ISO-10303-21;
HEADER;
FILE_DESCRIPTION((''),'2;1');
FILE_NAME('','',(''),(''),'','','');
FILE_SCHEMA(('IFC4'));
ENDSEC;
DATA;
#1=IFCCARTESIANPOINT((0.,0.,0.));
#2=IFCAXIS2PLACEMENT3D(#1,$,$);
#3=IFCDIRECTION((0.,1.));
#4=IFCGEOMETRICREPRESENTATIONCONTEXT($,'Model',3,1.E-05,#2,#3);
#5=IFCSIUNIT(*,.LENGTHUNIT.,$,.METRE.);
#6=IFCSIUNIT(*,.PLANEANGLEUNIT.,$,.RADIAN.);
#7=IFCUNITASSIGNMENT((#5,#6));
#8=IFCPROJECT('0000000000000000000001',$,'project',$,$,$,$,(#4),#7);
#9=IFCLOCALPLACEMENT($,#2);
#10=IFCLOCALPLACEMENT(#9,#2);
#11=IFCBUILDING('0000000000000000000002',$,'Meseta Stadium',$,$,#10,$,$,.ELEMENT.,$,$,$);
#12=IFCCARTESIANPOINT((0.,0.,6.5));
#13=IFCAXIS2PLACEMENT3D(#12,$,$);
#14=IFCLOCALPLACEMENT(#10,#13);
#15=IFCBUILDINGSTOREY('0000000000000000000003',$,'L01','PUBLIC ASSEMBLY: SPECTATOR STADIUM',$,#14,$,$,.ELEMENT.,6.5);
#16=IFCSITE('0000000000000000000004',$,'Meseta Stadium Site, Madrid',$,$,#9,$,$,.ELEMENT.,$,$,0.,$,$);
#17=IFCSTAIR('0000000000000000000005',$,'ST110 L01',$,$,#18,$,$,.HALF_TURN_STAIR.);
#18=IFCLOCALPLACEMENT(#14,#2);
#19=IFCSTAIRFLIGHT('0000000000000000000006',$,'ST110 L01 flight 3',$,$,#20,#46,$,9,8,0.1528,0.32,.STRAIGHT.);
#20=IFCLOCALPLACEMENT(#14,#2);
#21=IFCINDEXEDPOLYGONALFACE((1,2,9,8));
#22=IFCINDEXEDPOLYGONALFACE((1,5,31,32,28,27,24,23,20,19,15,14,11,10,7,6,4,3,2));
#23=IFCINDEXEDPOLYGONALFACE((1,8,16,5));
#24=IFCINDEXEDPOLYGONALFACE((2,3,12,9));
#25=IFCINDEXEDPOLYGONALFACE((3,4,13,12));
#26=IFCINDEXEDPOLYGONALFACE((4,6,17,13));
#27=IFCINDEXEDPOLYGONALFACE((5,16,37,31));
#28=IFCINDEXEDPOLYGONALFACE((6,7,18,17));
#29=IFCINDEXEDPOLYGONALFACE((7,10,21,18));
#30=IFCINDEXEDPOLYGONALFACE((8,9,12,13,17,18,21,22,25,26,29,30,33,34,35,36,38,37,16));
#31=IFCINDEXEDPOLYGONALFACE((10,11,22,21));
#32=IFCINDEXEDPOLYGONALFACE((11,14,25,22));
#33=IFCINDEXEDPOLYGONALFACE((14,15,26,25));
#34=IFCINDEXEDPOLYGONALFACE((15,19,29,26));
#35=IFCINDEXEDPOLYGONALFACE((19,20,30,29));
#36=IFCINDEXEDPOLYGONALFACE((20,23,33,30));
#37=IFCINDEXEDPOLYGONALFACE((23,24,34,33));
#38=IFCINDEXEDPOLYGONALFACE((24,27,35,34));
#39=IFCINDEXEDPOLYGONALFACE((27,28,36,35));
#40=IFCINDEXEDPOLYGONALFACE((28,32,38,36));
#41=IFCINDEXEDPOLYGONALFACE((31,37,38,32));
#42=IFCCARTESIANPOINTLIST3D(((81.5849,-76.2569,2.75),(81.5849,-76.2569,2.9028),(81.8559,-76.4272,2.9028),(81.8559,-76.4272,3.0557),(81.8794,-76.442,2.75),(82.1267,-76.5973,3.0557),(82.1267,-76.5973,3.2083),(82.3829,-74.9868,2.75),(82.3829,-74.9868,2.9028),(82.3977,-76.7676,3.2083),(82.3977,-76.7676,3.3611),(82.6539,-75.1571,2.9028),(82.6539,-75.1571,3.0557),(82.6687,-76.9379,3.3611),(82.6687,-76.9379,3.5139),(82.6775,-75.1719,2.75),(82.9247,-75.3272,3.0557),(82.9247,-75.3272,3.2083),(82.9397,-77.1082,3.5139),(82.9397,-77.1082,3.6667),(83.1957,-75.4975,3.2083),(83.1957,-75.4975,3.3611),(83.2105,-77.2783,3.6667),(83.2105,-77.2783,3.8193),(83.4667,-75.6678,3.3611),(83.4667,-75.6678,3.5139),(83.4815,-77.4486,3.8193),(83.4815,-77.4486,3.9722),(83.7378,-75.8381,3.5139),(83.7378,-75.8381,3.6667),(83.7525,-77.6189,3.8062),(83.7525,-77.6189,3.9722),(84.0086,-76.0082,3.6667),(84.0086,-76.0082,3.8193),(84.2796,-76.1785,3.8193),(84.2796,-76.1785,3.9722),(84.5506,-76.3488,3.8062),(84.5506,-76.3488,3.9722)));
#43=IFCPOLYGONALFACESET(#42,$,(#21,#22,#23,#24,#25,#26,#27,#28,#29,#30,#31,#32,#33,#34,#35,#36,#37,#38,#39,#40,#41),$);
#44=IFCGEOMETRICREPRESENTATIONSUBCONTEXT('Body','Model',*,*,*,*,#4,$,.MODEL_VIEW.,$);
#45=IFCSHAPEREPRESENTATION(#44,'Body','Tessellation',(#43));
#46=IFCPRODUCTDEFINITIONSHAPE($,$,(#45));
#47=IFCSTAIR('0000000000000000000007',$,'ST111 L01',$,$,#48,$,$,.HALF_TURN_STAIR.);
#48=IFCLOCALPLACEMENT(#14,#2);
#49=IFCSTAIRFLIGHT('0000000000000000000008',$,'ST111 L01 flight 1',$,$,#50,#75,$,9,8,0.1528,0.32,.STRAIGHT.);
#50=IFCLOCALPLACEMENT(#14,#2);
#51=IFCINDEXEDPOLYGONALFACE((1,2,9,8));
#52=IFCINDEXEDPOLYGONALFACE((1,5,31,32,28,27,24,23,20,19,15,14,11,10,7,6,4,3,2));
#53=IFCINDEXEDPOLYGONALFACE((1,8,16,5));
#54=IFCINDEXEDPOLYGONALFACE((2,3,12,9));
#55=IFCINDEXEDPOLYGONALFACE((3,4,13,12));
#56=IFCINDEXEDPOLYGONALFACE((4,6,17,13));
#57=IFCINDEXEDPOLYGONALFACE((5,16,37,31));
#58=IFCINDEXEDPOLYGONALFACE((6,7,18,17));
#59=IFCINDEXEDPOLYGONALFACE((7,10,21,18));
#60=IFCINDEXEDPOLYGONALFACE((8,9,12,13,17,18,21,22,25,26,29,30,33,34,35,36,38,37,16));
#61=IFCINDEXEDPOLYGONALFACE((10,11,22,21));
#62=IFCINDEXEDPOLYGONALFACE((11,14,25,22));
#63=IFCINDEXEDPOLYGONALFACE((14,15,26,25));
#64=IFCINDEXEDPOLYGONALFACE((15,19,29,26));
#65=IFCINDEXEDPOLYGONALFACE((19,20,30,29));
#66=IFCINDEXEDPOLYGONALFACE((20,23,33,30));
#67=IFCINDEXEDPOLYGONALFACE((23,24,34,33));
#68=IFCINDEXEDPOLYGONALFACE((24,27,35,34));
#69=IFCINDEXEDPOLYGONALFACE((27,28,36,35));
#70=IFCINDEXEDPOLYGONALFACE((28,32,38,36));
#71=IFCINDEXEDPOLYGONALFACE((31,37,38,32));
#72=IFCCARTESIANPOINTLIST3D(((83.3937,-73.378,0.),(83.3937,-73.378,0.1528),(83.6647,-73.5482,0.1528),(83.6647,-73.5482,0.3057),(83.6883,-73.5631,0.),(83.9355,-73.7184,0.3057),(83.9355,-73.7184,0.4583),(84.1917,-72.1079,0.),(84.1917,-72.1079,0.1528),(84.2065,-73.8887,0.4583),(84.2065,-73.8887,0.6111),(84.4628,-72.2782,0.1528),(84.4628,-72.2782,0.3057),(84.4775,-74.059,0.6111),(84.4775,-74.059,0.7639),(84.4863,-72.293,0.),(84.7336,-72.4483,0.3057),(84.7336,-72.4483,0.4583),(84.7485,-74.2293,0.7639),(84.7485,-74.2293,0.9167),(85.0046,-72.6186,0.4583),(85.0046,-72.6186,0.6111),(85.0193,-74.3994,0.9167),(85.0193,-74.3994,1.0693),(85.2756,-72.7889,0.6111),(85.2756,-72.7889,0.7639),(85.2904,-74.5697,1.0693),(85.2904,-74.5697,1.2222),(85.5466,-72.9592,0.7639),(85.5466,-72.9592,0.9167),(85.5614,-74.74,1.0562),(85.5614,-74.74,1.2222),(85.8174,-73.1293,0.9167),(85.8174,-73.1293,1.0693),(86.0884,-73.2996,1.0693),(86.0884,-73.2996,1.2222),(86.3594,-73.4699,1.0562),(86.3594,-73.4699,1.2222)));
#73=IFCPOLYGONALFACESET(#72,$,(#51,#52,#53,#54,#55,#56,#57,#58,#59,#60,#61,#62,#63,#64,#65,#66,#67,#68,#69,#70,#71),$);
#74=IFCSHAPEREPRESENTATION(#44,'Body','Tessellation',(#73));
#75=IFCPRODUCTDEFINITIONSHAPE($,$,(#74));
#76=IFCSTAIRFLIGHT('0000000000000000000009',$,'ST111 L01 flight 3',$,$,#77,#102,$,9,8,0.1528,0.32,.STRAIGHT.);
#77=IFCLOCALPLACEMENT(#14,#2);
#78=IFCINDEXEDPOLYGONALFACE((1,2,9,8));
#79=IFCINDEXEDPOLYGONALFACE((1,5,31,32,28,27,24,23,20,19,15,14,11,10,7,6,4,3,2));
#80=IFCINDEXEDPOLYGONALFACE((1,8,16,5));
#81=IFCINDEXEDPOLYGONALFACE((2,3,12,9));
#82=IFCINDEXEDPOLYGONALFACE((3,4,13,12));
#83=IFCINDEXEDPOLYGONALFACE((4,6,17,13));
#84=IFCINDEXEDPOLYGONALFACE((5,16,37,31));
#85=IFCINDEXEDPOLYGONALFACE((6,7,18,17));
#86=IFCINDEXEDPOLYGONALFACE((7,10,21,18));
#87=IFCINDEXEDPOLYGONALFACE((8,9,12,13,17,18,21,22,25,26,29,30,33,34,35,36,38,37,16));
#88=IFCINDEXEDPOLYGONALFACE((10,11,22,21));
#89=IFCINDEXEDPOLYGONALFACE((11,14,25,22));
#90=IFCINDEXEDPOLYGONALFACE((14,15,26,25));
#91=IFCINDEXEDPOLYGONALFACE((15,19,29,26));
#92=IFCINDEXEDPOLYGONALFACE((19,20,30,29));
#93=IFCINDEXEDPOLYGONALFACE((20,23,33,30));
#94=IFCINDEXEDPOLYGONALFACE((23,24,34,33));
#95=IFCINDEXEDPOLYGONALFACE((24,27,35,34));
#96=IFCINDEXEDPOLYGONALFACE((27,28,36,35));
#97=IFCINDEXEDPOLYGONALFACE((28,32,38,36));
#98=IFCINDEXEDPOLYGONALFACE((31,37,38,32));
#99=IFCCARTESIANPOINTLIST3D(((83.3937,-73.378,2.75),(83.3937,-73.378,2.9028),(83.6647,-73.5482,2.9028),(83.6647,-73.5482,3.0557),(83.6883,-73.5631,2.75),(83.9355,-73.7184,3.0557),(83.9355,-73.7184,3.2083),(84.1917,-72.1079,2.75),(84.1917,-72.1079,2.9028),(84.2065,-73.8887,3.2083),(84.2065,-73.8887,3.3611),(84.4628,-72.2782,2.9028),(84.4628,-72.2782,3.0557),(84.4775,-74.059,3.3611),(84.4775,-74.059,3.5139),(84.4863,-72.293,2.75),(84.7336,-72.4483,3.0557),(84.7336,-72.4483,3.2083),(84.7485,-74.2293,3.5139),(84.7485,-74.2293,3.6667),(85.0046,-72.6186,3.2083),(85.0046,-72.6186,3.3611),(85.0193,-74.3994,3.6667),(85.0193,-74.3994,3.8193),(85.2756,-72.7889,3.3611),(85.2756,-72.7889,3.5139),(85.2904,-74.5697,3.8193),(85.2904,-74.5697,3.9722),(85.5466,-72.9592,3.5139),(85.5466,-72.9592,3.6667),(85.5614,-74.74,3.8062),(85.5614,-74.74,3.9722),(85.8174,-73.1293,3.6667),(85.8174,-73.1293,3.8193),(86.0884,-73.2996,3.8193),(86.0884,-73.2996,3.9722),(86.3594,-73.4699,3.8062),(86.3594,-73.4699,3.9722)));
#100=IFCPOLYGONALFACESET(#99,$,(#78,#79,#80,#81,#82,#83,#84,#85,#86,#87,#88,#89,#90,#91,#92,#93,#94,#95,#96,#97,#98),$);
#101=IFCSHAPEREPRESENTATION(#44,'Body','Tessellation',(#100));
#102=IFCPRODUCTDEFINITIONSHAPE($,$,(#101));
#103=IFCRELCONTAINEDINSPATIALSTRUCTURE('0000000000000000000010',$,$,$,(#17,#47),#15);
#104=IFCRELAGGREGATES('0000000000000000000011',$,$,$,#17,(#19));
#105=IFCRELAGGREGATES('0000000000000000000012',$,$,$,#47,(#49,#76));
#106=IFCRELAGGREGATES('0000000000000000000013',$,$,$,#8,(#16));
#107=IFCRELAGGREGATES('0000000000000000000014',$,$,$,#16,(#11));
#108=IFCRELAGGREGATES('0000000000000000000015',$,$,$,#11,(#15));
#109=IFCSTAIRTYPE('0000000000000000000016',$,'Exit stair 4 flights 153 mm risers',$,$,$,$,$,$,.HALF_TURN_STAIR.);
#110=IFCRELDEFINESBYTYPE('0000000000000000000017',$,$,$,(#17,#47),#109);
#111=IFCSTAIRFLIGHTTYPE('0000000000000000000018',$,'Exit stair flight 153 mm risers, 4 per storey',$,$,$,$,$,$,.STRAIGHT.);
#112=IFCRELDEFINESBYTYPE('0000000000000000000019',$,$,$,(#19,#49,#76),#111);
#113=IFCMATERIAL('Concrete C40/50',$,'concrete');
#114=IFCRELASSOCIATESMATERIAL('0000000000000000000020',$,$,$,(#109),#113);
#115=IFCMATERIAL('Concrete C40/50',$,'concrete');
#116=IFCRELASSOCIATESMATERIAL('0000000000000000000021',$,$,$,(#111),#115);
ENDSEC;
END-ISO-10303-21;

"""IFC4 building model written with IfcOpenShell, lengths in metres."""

from ifc_helpers import new_model, si_unit, direction, frame, origin, place, context, subcontext, project, spatial, polyline, outline, extrude, material, type_object, element, aggregate, save


model = new_model("IFC4")

# Units and contexts
model_context = context("Model", 3, precision=1e-05, world=origin(), true_north=direction((0.0, 1.0)))
body_context = subcontext(model_context, "Body", "Model", "MODEL_VIEW")
ifc_project = project(units=[si_unit("LENGTHUNIT", "METRE"), si_unit("PLANEANGLEUNIT", "RADIAN")], contexts=[model_context])

# Site, building, storey
site_placement = place(None, origin())
site = spatial("IfcSite", under=ifc_project, at=site_placement, Name="Meseta Stadium Site, Madrid", CompositionType="ELEMENT", RefElevation=0.0)
building_placement = place(site_placement, origin())
building = spatial("IfcBuilding", under=site, at=building_placement, Name="Meseta Stadium", CompositionType="ELEMENT")
storey_placement = place(building_placement, frame((0.0, 0.0, 6.5)))
storey = spatial("IfcBuildingStorey", under=building, at=storey_placement, Name="L01", Description="PUBLIC ASSEMBLY: SPECTATOR STADIUM", CompositionType="ELEMENT", Elevation=6.5)

# Stairs, stair flights
ifc_material_1 = material(Name="Concrete C40/50", Category="concrete")
stair_type = type_object("IfcStairType", Name="Exit stair 4 flights 153 mm risers", PredefinedType="HALF_TURN_STAIR", material=ifc_material_1)
stair_1_placement = place(storey_placement, origin())
stair_1 = element("IfcStair", 1, at=stair_1_placement, inside=storey, type_object=stair_type, Name="ST110 L01", PredefinedType="HALF_TURN_STAIR")
ifc_material_2 = material(Name="Concrete C40/50", Category="concrete")
stair_flight_type = type_object("IfcStairFlightType", Name="Exit stair flight 153 mm risers, 4 per storey", PredefinedType="STRAIGHT", material=ifc_material_2)
stair_flight_1_placement = place(storey_placement, frame((81.9839, -75.6218, 2.75), z_axis=(0.0, 0.0, 1.0), x_axis=(0.846724, -0.532032, 0.0)))
stair_flight_1 = element("IfcStairFlight", 2, at=stair_flight_1_placement, type_object=stair_flight_type, Name="ST110 L01 flight 3", NumberOfRisers=9, NumberOfTreads=8, PredefinedType="STRAIGHT", RiserHeight=0.1528, TreadLength=0.32, context=body_context, shape_type="SweptSolid", body=[
    extrude(outline(polyline([(0.0, 0.0), (0.0, 0.1528), (0.3201, 0.1528), (0.3201, 0.3057), (0.6399, 0.3057), (0.6399, 0.4583), (0.96, 0.4583), (0.96, 0.6111), (1.28, 0.6111), (1.28, 0.7639), (1.6001, 0.7639), (1.6001, 0.9167), (1.9199, 0.9167), (1.9199, 1.0693), (2.24, 1.0693), (2.24, 1.2222), (2.5601, 1.2222), (2.5601, 1.0562), (0.3479, 0.0), (0.0, 0.0)])), frame((0.0, 0.75, 0.0), z_axis=(0.0, -1.0, 0.0), x_axis=(1.0, 0.0, 0.0)), (0.0, 0.0, 1.0), 1.5),
])
aggregate(stair_1, [stair_flight_1])
stair_2_placement = place(storey_placement, origin())
stair_2 = element("IfcStair", 3, at=stair_2_placement, inside=storey, type_object=stair_type, Name="ST111 L01", PredefinedType="HALF_TURN_STAIR")
stair_flight_2_placement = place(storey_placement, frame((83.7927, -72.7429, 0.0), z_axis=(0.0, 0.0, 1.0), x_axis=(0.846724, -0.532032, 0.0)))
stair_flight_2 = element("IfcStairFlight", 4, at=stair_flight_2_placement, type_object=stair_flight_type, Name="ST111 L01 flight 1", NumberOfRisers=9, NumberOfTreads=8, PredefinedType="STRAIGHT", RiserHeight=0.1528, TreadLength=0.32, context=body_context, shape_type="SweptSolid", body=[
    extrude(outline(polyline([(0.0, 0.0), (0.0, 0.1528), (0.3201, 0.1528), (0.3201, 0.3057), (0.6399, 0.3057), (0.6399, 0.4583), (0.96, 0.4583), (0.96, 0.6111), (1.28, 0.6111), (1.28, 0.7639), (1.6001, 0.7639), (1.6001, 0.9167), (1.9199, 0.9167), (1.9199, 1.0693), (2.24, 1.0693), (2.24, 1.2222), (2.5601, 1.2222), (2.5601, 1.0562), (0.3479, 0.0), (0.0, 0.0)])), frame((0.0, 0.75, 0.0), z_axis=(0.0, -1.0, 0.0), x_axis=(1.0, 0.0, 0.0)), (0.0, 0.0, 1.0), 1.5),
])
stair_flight_3_placement = place(storey_placement, frame((83.7927, -72.7429, 2.75), z_axis=(0.0, 0.0, 1.0), x_axis=(0.846724, -0.532032, 0.0)))
stair_flight_3 = element("IfcStairFlight", 5, at=stair_flight_3_placement, type_object=stair_flight_type, Name="ST111 L01 flight 3", NumberOfRisers=9, NumberOfTreads=8, PredefinedType="STRAIGHT", RiserHeight=0.1528, TreadLength=0.32, context=body_context, shape_type="SweptSolid", body=[
    extrude(outline(polyline([(0.0, 0.0), (0.0, 0.1528), (0.3201, 0.1528), (0.3201, 0.3057), (0.6399, 0.3057), (0.6399, 0.4583), (0.96, 0.4583), (0.96, 0.6111), (1.28, 0.6111), (1.28, 0.7639), (1.6001, 0.7639), (1.6001, 0.9167), (1.9199, 0.9167), (1.9199, 1.0693), (2.24, 1.0693), (2.24, 1.2222), (2.5601, 1.2222), (2.5601, 1.0562), (0.3479, 0.0), (0.0, 0.0)])), frame((0.0, 0.75, 0.0), z_axis=(0.0, -1.0, 0.0), x_axis=(1.0, 0.0, 0.0)), (0.0, 0.0, 1.0), 1.5),
])
aggregate(stair_2, [stair_flight_2, stair_flight_3])

save(model, "model.ifc")
